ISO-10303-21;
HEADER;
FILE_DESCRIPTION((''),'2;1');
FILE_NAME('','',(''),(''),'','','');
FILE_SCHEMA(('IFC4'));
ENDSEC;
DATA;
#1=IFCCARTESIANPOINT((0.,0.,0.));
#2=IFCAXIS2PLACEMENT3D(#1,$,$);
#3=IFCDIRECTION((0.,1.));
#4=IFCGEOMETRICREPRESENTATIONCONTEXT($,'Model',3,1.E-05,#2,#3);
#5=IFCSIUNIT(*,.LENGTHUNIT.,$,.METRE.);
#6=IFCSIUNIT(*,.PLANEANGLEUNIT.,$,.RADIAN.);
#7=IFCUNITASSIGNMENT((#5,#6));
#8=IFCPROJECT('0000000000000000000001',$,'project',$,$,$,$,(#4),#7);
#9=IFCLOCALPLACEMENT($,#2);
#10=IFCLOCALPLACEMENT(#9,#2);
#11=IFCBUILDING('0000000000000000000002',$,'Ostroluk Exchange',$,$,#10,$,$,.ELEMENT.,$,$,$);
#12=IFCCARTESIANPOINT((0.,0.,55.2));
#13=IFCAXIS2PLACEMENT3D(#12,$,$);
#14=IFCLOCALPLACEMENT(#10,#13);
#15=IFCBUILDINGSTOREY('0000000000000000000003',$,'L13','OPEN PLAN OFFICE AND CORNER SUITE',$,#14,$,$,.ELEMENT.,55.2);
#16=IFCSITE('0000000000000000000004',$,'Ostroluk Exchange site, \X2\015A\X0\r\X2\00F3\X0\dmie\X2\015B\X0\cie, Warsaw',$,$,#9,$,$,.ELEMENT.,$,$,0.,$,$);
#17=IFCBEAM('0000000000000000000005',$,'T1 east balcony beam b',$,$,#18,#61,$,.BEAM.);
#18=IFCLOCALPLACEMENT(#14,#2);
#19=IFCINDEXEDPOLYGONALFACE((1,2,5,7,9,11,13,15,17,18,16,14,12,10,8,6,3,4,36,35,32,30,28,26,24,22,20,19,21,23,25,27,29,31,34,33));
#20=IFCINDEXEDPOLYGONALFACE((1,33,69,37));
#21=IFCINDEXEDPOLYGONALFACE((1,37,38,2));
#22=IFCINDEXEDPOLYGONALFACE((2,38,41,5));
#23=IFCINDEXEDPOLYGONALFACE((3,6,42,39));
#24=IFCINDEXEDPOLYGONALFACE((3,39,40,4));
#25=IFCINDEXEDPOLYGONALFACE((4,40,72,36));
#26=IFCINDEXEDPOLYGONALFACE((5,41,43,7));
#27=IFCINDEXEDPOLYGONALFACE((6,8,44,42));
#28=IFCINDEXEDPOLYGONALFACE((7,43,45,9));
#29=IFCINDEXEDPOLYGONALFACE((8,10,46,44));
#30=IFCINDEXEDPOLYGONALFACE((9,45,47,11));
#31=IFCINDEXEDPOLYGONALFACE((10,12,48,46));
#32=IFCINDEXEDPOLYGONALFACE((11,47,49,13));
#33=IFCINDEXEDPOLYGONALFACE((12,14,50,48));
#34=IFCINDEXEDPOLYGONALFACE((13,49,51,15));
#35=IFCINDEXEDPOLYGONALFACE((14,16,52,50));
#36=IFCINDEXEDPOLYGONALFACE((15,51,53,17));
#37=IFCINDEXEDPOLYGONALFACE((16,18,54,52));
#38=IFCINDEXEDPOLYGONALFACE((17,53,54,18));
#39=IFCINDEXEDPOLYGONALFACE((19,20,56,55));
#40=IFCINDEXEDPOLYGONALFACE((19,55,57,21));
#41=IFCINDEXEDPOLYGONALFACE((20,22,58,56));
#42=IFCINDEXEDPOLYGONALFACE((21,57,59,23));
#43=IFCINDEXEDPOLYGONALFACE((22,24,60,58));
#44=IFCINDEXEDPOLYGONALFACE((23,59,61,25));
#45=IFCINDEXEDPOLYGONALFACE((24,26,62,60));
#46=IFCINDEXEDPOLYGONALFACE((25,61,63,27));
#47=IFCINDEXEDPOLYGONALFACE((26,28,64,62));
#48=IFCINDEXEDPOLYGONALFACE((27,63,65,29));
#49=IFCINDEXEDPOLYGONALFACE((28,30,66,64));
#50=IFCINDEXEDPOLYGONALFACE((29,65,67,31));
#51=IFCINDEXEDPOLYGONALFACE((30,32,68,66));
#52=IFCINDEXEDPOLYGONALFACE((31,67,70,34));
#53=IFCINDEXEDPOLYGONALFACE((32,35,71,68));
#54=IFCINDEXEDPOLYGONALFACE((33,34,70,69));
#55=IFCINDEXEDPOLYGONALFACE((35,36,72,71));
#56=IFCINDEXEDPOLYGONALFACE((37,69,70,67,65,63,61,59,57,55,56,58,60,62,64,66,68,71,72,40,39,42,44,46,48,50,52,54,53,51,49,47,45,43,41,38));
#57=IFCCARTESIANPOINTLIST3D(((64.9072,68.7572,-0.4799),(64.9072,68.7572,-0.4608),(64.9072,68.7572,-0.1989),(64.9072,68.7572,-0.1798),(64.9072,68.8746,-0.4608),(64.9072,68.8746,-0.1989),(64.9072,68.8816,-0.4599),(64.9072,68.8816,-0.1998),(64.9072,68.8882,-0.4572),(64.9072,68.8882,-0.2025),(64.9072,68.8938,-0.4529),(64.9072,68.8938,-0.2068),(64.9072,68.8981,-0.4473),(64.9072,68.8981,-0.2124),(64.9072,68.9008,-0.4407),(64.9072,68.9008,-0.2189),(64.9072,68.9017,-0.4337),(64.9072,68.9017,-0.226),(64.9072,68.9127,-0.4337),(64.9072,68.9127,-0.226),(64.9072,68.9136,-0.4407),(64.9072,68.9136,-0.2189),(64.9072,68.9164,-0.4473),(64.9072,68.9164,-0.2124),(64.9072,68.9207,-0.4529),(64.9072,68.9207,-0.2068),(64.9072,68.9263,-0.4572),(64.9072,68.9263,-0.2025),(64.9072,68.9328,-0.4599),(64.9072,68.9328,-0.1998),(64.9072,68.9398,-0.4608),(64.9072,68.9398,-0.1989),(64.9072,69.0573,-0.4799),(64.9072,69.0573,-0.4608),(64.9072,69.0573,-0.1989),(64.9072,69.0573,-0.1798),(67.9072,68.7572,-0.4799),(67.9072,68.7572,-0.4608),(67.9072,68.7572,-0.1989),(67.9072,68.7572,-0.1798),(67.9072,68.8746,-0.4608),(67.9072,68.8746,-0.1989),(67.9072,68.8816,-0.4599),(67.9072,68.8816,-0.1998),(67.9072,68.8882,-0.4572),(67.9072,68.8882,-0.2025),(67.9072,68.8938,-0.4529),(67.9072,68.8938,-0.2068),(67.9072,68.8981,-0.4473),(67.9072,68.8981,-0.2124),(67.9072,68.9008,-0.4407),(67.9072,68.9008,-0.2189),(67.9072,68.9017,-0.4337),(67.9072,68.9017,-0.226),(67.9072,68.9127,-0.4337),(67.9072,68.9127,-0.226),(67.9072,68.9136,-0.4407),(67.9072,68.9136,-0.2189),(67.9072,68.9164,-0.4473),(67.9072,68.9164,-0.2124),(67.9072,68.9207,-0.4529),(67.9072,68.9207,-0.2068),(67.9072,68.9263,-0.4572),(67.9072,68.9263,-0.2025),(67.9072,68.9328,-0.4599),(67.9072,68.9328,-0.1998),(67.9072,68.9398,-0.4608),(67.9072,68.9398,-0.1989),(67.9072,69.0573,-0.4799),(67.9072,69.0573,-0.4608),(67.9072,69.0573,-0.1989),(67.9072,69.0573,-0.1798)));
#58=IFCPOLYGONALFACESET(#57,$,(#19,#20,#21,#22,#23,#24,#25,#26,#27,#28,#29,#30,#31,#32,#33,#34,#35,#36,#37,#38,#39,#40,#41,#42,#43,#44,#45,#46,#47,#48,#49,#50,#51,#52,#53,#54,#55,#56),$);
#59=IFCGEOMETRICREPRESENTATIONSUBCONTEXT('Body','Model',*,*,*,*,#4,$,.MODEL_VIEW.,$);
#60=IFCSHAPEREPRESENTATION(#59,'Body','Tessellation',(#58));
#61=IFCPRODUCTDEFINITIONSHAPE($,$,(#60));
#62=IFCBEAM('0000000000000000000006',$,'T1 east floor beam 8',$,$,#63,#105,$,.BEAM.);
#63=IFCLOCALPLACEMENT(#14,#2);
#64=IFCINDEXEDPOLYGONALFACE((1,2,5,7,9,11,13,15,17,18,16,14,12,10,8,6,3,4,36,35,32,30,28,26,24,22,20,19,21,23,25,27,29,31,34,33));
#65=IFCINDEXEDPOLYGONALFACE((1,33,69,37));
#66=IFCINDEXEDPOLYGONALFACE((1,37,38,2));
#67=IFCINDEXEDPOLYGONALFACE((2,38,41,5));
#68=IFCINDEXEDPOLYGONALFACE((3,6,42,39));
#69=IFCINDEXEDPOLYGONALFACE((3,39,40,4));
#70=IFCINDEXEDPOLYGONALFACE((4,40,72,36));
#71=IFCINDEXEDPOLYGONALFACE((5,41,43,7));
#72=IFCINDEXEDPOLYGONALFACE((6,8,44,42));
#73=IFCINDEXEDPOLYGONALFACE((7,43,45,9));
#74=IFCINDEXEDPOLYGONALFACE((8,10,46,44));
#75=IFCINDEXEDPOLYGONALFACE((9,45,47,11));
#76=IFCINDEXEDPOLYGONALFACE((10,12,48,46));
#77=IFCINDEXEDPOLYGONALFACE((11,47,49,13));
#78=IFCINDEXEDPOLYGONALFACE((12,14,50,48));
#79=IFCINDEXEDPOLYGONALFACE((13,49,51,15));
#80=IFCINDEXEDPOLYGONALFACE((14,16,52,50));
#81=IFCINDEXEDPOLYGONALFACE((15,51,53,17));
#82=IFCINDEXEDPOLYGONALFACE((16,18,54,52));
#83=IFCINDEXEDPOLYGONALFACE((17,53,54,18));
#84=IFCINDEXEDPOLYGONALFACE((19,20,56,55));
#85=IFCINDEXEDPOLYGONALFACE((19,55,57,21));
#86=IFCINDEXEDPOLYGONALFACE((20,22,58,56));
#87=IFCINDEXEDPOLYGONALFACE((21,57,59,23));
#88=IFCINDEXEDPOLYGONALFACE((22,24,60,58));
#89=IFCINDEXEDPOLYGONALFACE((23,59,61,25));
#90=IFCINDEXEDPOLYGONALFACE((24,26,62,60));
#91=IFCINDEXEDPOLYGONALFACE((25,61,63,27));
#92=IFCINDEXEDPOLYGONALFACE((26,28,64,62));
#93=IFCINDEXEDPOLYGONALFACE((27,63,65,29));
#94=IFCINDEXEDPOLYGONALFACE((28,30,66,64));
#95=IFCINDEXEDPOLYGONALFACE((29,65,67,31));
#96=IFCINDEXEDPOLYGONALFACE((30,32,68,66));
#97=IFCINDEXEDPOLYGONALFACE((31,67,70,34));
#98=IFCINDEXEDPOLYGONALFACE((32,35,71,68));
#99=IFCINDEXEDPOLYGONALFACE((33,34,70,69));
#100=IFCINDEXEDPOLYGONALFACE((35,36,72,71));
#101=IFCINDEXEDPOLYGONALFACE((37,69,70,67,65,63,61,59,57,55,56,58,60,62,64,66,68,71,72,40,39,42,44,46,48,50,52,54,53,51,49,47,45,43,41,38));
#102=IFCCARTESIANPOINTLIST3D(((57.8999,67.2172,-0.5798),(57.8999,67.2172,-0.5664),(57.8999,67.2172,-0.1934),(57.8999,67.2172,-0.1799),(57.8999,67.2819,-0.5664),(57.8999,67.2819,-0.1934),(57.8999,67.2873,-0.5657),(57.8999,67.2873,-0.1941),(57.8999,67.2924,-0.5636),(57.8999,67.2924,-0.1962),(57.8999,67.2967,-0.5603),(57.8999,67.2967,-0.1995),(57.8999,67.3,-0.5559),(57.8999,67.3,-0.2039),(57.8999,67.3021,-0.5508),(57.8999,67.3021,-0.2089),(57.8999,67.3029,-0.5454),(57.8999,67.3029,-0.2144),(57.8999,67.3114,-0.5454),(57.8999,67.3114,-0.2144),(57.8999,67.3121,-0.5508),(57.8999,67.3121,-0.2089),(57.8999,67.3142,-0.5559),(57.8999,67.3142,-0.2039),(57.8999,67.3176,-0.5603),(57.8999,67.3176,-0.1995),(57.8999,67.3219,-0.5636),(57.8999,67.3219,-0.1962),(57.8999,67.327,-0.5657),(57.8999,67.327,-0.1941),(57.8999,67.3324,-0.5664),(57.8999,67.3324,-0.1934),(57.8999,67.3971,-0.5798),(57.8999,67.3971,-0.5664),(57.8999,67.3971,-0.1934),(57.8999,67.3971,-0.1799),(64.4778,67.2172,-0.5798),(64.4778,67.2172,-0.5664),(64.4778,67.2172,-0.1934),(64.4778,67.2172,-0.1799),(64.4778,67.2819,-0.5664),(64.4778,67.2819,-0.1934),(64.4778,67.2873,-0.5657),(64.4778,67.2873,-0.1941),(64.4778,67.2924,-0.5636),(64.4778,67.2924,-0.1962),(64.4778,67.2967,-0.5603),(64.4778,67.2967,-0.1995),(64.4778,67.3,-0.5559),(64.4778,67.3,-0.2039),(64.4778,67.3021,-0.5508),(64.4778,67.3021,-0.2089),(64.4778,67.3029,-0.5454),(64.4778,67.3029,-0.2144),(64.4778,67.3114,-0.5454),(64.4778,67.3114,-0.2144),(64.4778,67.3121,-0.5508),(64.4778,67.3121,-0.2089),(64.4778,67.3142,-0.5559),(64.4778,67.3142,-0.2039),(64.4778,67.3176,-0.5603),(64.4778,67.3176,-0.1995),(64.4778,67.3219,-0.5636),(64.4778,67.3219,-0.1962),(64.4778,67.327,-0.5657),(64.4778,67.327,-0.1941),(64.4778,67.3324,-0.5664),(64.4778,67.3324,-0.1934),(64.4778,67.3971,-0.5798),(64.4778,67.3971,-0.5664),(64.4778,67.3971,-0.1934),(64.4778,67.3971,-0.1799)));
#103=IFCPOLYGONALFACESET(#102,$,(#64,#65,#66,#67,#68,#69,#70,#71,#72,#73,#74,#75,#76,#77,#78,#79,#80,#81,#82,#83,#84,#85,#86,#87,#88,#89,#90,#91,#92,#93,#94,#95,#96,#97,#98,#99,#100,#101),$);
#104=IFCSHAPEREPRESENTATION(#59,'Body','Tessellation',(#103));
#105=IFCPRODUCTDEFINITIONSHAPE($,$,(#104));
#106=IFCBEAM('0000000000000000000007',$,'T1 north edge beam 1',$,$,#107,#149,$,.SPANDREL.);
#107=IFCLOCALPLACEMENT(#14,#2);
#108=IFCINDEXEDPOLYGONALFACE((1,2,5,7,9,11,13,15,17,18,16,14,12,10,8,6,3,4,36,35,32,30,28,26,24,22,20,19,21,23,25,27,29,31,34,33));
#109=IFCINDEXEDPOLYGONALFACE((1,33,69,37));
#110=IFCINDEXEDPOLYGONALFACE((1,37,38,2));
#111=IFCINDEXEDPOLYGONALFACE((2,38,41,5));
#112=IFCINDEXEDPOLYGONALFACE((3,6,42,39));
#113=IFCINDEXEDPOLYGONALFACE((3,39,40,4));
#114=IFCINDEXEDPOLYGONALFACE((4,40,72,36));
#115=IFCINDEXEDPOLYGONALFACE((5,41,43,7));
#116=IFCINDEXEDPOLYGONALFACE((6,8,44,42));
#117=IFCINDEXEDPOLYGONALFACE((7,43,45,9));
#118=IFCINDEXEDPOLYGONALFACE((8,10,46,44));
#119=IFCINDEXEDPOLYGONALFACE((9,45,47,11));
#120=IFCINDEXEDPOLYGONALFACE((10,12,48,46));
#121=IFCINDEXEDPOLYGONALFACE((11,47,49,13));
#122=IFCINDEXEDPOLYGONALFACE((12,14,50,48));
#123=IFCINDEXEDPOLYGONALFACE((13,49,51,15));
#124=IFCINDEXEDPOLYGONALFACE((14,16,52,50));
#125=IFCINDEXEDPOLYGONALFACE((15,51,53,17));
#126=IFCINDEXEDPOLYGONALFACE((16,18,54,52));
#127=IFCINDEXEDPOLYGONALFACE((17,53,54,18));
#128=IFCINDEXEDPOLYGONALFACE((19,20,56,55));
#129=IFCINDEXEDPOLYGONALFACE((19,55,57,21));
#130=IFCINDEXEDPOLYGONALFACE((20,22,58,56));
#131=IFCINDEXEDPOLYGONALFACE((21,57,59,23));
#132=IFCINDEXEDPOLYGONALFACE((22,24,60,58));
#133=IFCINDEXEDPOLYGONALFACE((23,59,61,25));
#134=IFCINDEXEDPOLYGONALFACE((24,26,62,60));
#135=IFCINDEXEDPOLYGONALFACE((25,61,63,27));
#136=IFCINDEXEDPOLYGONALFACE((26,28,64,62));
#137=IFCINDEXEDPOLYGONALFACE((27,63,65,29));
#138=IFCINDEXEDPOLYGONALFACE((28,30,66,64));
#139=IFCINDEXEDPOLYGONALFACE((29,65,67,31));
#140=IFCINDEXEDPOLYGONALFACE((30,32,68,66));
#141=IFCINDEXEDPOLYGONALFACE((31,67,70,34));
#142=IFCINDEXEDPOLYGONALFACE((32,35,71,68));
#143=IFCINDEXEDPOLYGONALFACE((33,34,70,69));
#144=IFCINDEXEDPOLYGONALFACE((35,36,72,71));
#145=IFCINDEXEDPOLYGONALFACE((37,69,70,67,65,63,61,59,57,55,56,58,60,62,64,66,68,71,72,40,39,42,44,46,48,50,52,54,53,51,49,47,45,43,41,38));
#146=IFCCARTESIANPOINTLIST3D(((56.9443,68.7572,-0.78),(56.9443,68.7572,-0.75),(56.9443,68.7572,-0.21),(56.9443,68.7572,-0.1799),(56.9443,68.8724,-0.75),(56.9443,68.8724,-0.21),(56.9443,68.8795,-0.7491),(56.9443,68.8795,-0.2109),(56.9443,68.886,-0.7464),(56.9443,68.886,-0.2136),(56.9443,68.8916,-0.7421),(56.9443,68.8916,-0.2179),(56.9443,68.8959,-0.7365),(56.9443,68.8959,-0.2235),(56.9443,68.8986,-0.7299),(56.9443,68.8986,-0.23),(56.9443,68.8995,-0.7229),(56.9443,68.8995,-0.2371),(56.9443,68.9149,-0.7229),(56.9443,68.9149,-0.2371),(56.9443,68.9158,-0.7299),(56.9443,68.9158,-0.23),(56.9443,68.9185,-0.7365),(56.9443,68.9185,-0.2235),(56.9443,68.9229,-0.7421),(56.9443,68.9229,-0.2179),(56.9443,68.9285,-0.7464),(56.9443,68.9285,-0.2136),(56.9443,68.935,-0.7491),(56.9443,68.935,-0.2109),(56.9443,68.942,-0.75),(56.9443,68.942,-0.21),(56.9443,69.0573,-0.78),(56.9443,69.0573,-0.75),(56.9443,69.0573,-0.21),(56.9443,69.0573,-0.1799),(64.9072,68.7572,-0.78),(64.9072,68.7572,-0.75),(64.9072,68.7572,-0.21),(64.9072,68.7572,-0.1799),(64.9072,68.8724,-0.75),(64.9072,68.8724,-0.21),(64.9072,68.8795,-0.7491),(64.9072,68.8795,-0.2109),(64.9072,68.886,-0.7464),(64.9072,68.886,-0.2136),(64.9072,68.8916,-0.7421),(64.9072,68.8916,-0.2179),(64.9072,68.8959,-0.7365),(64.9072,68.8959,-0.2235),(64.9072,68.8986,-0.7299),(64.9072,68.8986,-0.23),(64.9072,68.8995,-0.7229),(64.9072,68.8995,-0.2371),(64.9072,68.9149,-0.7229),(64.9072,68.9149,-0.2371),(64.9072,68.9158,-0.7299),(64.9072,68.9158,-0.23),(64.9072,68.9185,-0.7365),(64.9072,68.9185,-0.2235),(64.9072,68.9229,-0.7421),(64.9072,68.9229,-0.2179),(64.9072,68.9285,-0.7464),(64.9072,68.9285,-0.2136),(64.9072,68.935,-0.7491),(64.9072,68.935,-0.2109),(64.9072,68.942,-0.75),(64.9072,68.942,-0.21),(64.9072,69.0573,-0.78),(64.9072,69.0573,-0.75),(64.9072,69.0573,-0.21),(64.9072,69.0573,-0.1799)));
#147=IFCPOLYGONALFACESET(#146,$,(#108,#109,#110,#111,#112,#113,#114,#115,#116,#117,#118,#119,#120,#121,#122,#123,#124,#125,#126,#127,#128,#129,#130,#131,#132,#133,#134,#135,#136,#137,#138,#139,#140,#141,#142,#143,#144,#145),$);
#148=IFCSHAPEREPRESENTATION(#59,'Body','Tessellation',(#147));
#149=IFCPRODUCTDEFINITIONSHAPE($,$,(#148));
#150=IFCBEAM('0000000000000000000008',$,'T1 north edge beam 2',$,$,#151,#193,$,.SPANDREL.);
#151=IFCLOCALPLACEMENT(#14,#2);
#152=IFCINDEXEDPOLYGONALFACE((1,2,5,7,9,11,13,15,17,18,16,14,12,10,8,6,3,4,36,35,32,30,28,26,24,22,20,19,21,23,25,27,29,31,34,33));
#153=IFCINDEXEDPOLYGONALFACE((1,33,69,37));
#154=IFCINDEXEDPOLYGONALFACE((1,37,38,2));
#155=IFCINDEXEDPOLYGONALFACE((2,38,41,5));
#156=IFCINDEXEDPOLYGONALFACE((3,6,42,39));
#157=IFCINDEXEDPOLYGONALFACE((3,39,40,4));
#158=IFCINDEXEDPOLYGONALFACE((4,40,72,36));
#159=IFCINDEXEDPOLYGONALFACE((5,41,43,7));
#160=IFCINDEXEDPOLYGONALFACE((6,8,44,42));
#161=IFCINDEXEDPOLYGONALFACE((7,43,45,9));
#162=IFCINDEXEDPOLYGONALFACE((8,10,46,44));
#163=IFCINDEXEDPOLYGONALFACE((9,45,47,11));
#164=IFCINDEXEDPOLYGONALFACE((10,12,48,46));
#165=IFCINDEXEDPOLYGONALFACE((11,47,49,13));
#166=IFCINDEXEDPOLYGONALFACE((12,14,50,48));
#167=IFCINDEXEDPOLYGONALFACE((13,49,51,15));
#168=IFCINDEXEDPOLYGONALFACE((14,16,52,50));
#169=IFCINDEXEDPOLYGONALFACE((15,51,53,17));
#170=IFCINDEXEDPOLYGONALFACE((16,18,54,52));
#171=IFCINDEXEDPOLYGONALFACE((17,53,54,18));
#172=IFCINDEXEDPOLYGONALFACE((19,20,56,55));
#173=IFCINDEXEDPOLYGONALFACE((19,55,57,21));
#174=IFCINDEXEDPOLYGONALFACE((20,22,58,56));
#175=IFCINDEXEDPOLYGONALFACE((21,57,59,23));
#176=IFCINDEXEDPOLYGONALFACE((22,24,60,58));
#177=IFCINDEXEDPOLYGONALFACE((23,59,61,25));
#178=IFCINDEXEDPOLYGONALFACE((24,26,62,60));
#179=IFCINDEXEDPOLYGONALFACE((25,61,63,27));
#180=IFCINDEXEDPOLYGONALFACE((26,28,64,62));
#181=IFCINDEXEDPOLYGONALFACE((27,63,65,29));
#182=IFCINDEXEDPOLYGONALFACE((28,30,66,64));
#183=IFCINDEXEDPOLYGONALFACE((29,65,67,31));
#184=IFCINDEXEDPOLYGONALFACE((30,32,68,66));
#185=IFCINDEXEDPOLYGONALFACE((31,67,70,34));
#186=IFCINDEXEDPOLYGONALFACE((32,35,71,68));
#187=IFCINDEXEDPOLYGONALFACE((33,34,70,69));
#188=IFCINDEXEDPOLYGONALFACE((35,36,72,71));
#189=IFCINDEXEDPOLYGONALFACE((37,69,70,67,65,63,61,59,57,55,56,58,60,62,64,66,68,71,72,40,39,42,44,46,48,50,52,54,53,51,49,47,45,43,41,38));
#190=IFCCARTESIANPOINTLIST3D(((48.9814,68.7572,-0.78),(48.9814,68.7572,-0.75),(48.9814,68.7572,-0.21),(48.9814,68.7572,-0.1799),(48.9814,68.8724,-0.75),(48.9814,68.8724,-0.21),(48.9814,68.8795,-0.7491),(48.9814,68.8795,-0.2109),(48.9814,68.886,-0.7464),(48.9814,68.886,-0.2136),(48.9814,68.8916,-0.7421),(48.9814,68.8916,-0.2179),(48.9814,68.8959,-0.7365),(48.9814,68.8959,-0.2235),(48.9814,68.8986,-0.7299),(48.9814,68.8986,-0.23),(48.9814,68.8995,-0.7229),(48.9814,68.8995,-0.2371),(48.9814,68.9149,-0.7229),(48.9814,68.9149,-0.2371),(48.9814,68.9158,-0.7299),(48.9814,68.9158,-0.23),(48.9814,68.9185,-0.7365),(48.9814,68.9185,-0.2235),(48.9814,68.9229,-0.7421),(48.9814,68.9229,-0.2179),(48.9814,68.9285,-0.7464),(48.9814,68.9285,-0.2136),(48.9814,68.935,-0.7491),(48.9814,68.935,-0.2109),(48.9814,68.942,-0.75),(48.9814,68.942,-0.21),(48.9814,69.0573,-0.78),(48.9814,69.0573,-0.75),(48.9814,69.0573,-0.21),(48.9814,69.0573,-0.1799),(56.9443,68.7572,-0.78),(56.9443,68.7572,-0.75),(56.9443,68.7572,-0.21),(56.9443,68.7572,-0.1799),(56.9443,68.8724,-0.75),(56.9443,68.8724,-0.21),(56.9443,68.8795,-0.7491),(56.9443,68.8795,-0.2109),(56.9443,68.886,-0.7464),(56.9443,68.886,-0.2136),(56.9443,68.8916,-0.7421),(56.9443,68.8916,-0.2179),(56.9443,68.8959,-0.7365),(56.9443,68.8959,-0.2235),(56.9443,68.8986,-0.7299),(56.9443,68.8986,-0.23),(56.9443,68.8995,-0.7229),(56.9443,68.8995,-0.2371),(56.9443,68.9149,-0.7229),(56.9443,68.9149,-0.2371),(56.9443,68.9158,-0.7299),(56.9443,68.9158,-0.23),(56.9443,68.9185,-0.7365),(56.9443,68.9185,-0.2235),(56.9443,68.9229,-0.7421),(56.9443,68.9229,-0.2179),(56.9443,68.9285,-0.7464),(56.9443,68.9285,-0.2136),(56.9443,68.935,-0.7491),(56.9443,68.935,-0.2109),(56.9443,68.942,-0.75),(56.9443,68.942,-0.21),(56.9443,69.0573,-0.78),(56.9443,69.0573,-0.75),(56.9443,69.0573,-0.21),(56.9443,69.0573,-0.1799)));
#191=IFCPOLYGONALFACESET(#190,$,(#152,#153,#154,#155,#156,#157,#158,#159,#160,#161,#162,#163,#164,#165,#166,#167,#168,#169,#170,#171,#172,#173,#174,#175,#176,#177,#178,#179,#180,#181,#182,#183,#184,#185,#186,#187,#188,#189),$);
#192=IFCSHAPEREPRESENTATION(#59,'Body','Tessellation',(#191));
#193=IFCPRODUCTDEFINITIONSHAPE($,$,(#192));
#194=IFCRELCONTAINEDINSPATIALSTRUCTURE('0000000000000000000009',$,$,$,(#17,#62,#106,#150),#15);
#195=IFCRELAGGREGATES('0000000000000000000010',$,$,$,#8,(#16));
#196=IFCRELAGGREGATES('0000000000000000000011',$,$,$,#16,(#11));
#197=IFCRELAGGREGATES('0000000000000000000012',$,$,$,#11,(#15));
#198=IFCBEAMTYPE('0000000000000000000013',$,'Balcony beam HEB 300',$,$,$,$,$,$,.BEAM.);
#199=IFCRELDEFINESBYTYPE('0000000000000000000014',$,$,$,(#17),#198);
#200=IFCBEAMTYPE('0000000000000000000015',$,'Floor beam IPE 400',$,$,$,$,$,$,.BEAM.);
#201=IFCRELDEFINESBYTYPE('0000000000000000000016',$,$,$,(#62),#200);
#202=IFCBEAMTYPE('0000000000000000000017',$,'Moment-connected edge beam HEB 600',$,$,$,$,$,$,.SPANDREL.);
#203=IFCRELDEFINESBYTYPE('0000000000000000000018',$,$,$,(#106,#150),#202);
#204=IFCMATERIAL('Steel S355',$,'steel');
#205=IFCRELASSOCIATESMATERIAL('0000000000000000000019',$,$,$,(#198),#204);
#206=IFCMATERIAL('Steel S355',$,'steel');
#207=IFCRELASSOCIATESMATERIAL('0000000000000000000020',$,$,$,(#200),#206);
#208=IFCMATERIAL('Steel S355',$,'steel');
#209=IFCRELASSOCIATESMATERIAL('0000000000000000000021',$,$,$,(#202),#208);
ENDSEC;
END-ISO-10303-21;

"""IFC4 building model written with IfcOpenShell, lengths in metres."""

from ifc_helpers import new_model, si_unit, direction, frame, origin, origin_2d, place, context, subcontext, project, spatial, i_section, extrude, material, material_profile, profile_set, type_object, element, save


model = new_model("IFC4")

# Units and contexts
model_context = context("Model", 3, precision=1e-05, world=origin(), true_north=direction((0.0, 1.0)))
body_context = subcontext(model_context, "Body", "Model", "MODEL_VIEW")
ifc_project = project(units=[si_unit("LENGTHUNIT", "METRE"), si_unit("PLANEANGLEUNIT", "RADIAN")], contexts=[model_context])

# Site, building, storey
site_placement = place(None, origin())
site = spatial("IfcSite", under=ifc_project, at=site_placement, Name="Ostroluk Exchange site, Śródmieście, Warsaw", CompositionType="ELEMENT", RefElevation=0.0)
building_placement = place(site_placement, origin())
building = spatial("IfcBuilding", under=site, at=building_placement, Name="Ostroluk Exchange", CompositionType="ELEMENT")
storey_placement = place(building_placement, frame((0.0, 0.0, 55.2)))
storey = spatial("IfcBuildingStorey", under=building, at=storey_placement, Name="L13", Description="OPEN PLAN OFFICE AND CORNER SUITE", CompositionType="ELEMENT", Elevation=55.2)

# Beams
ifc_material_1 = material(Name="Steel S355", Category="steel")
ifc_material_profile_1 = material_profile(ifc_material_1, i_section(OverallWidth=0.3, OverallDepth=0.3, WebThickness=0.011, FlangeThickness=0.019, FilletRadius=0.0271, at=origin_2d()), Name="HEB 300")
ifc_profile_set_1 = profile_set([ifc_material_profile_1], Name="Steel S355")
beam_type_1 = type_object("IfcBeamType", Name="Balcony beam HEB 300", PredefinedType="BEAM", material=ifc_profile_set_1)
beam_1_placement = place(storey_placement, frame((64.9072, 68.9072, -0.3298), z_axis=(1.0, 0.0, 0.0), x_axis=(0.0, 1.0, 0.0)))
element("IfcBeam", 1, at=beam_1_placement, inside=storey, type_object=beam_type_1, Name="T1 east balcony beam b", PredefinedType="BEAM", context=body_context, shape_type="SweptSolid", body=[
    extrude(i_section(OverallWidth=0.3, OverallDepth=0.3, WebThickness=0.011, FlangeThickness=0.019, FilletRadius=0.0271, at=origin_2d()), origin(), (0.0, 0.0, 1.0), 3.0),
])
ifc_material_2 = material(Name="Steel S355", Category="steel")
ifc_material_profile_2 = material_profile(ifc_material_2, i_section(OverallWidth=0.1799, OverallDepth=0.3999, WebThickness=0.0085, FlangeThickness=0.0134, FilletRadius=0.021, at=origin_2d()), Name="IPE 400")
ifc_profile_set_2 = profile_set([ifc_material_profile_2], Name="Steel S355")
beam_type_2 = type_object("IfcBeamType", Name="Floor beam IPE 400", PredefinedType="BEAM", material=ifc_profile_set_2)
beam_2_placement = place(storey_placement, frame((57.8999, 67.3071, -0.3799), z_axis=(1.0, 0.0, 0.0), x_axis=(0.0, 1.0, 0.0)))
element("IfcBeam", 2, at=beam_2_placement, inside=storey, type_object=beam_type_2, Name="T1 east floor beam 8", PredefinedType="BEAM", context=body_context, shape_type="SweptSolid", body=[
    extrude(i_section(OverallWidth=0.1799, OverallDepth=0.3999, WebThickness=0.0085, FlangeThickness=0.0134, FilletRadius=0.021, at=origin_2d()), origin(), (0.0, 0.0, 1.0), 6.5779),
])
ifc_material_3 = material(Name="Steel S355", Category="steel")
ifc_material_profile_3 = material_profile(ifc_material_3, i_section(OverallWidth=0.3, OverallDepth=0.6001, WebThickness=0.0154, FlangeThickness=0.03, FilletRadius=0.0271, at=origin_2d()), Name="HEB 600")
ifc_profile_set_3 = profile_set([ifc_material_profile_3], Name="Steel S355")
beam_type_3 = type_object("IfcBeamType", Name="Moment-connected edge beam HEB 600", PredefinedType="SPANDREL", material=ifc_profile_set_3)
for number, where, z_axis, x_axis, name in (
    (3, (64.9072, 68.9072, -0.48), (-1.0, 0.0, 0.0), (0.0, -1.0, 0.0), "T1 north edge beam 1"),
    (4, (56.9443, 68.9072, -0.48), (-1.0, 0.0, 0.0), (0.0, -1.0, 0.0), "T1 north edge beam 2"),
):
    element("IfcBeam", number, at=place(storey_placement, frame(where, z_axis=z_axis, x_axis=x_axis)), inside=storey, type_object=beam_type_3, Name=name, PredefinedType="SPANDREL", context=body_context, shape_type="SweptSolid", body=[
        extrude(i_section(OverallWidth=0.3, OverallDepth=0.6001, WebThickness=0.0154, FlangeThickness=0.03, FilletRadius=0.0271, at=origin_2d()), origin(), (0.0, 0.0, 1.0), 7.9629),
    ])

save(model, "model.ifc")
